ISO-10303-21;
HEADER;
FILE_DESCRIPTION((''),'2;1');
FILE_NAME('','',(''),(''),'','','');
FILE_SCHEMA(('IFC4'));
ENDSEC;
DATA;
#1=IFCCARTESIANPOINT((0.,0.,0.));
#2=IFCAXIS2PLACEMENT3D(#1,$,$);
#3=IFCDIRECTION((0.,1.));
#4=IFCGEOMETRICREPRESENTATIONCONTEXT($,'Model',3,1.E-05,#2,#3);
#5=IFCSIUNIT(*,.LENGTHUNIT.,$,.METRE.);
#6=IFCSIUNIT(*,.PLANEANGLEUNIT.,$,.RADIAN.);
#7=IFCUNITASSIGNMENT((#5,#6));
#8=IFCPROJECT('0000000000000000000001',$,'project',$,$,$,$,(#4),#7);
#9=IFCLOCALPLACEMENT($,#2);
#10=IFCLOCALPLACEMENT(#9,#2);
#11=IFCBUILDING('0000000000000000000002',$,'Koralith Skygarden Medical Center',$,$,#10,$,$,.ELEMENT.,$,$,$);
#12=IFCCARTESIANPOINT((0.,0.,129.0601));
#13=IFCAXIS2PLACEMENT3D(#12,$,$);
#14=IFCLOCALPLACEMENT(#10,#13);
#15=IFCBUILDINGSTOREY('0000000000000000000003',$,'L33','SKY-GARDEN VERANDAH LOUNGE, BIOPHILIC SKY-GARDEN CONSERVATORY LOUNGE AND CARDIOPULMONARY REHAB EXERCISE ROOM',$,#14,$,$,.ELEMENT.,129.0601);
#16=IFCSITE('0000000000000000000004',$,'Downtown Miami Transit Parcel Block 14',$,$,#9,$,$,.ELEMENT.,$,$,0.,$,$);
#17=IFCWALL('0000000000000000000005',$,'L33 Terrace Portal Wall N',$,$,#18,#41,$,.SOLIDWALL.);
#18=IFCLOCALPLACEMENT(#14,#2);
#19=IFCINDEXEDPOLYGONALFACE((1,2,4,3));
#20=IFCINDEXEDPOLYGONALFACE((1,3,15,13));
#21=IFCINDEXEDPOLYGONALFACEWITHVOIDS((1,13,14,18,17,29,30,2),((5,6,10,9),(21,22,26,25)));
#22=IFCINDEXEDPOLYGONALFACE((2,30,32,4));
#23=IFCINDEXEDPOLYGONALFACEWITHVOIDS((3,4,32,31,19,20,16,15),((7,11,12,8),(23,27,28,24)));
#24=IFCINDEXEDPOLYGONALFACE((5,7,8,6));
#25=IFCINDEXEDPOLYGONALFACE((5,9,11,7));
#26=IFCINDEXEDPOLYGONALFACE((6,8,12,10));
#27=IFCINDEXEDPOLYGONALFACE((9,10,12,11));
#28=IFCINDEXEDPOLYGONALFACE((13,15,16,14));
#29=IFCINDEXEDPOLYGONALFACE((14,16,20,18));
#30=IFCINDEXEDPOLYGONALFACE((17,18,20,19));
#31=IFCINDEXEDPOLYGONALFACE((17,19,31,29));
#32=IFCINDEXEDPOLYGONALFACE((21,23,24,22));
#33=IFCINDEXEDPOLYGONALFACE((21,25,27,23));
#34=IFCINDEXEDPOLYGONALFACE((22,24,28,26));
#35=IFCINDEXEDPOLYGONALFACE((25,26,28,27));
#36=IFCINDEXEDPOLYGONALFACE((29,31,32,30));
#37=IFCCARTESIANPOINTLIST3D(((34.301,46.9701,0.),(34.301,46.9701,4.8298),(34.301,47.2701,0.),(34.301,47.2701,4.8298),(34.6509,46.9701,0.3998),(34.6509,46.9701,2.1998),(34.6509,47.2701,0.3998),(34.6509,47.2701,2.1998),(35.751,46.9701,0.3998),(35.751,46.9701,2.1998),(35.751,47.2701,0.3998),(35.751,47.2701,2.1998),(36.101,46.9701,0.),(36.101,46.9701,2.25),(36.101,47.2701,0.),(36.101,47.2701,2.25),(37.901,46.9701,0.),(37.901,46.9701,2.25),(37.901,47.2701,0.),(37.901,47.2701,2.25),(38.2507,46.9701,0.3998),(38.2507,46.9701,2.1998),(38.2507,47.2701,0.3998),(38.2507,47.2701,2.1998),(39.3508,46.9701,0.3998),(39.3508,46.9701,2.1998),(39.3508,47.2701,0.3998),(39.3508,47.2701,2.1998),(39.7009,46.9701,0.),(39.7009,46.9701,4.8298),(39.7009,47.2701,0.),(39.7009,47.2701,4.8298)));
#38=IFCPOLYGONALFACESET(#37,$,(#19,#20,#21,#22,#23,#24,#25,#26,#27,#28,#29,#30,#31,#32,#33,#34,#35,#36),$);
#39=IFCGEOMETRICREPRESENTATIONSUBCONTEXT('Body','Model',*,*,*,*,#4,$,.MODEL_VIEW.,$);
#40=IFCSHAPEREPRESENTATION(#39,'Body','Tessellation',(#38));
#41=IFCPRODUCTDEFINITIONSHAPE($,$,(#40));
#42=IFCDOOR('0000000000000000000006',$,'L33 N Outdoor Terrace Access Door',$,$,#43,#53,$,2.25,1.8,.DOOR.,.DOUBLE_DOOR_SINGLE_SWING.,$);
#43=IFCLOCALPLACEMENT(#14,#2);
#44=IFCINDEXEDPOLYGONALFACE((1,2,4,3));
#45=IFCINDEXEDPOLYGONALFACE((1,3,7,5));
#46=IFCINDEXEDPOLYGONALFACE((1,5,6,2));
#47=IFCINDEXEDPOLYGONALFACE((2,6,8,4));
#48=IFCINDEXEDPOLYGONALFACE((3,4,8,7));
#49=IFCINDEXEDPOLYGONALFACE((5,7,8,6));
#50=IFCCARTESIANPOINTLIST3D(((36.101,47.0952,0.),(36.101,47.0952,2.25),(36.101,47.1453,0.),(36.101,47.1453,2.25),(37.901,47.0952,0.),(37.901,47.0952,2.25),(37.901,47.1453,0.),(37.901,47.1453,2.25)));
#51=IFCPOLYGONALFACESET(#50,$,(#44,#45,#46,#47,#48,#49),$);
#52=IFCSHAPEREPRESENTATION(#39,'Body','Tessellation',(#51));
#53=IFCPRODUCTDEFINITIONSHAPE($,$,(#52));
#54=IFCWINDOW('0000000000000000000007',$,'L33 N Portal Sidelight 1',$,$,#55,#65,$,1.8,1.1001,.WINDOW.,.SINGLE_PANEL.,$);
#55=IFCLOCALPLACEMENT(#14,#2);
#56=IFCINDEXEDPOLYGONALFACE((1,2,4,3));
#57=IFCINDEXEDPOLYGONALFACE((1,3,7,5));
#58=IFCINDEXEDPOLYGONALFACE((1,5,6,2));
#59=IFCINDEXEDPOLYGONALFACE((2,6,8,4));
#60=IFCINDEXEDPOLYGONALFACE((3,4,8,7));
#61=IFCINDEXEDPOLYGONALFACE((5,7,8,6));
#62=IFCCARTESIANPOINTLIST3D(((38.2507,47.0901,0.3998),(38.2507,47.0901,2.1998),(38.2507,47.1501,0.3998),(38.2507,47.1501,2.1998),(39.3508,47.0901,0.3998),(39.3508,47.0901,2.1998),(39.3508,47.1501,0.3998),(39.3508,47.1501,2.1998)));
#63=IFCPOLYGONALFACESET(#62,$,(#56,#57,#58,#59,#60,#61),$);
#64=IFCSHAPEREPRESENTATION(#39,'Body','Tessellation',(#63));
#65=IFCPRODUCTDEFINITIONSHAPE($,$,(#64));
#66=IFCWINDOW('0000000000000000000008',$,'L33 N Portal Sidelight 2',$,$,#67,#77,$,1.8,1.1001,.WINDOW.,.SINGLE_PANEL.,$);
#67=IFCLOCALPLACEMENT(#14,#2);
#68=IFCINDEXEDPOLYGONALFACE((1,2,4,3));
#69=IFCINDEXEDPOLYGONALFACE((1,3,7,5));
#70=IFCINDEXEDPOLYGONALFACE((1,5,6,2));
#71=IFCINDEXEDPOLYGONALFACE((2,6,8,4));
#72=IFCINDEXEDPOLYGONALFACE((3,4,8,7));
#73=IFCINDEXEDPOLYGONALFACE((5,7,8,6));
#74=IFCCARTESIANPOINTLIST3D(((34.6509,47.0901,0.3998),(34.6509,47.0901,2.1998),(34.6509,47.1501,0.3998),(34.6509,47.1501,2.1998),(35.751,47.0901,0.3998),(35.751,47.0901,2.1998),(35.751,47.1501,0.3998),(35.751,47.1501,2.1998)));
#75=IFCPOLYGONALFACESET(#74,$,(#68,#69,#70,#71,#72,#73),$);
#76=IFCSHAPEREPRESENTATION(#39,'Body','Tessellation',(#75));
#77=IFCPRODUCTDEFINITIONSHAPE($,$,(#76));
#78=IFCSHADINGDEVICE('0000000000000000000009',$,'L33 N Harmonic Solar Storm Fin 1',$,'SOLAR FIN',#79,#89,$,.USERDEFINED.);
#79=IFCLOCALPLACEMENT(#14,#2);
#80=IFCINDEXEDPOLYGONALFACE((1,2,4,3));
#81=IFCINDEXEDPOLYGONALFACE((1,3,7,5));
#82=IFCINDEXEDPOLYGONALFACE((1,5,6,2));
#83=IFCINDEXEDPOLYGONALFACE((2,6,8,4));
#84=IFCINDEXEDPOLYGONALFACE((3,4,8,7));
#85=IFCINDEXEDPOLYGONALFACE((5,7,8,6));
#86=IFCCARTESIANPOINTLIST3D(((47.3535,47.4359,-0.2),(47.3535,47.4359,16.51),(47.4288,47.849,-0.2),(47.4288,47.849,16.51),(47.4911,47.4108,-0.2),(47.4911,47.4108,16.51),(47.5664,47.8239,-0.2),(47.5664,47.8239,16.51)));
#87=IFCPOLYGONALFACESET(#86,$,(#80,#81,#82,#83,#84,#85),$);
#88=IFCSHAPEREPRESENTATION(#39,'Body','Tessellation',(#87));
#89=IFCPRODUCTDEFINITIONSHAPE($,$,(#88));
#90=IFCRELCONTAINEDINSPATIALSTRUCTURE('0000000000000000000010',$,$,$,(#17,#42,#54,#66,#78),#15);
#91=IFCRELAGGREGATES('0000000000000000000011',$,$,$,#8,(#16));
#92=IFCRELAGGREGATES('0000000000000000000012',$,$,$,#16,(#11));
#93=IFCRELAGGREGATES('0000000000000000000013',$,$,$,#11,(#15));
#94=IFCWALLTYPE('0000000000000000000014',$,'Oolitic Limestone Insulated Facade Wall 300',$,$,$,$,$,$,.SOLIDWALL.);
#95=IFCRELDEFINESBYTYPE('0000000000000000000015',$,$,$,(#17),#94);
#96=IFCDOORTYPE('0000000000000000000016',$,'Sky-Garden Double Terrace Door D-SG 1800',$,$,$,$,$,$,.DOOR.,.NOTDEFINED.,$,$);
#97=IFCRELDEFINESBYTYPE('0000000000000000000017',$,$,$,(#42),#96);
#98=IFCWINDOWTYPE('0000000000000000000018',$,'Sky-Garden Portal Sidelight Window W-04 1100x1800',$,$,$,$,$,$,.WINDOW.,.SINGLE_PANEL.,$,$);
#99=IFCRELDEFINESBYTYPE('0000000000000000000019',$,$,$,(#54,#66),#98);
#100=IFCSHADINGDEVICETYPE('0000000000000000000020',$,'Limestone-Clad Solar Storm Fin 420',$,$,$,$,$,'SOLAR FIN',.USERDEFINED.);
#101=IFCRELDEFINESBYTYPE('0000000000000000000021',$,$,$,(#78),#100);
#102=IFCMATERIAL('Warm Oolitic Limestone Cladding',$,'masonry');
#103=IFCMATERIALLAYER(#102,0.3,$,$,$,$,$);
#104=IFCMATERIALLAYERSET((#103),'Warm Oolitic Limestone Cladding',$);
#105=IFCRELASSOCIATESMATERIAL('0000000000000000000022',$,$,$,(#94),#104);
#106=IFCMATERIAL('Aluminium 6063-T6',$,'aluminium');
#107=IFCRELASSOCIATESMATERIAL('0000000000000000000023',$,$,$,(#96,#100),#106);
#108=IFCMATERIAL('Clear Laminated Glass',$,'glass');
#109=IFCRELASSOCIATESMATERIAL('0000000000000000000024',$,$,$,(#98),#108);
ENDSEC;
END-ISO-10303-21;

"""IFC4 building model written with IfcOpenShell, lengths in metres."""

from ifc_helpers import new_model, si_unit, direction, frame, frame_2d, origin, origin_2d, place, context, subcontext, project, spatial, rectangle, extrude, material, layer, layer_set, type_object, element, fill, save


model = new_model("IFC4")

# Units and contexts
model_context = context("Model", 3, precision=1e-05, world=origin(), true_north=direction((0.0, 1.0)))
body_context = subcontext(model_context, "Body", "Model", "MODEL_VIEW")
ifc_project = project(units=[si_unit("LENGTHUNIT", "METRE"), si_unit("PLANEANGLEUNIT", "RADIAN")], contexts=[model_context])

# Site, building, storey
site_placement = place(None, origin())
site = spatial("IfcSite", under=ifc_project, at=site_placement, Name="Downtown Miami Transit Parcel Block 14", CompositionType="ELEMENT", RefElevation=0.0)
building_placement = place(site_placement, origin())
building = spatial("IfcBuilding", under=site, at=building_placement, Name="Koralith Skygarden Medical Center", CompositionType="ELEMENT")
storey_placement = place(building_placement, frame((0.0, 0.0, 129.0601)))
storey = spatial("IfcBuildingStorey", under=building, at=storey_placement, Name="L33", Description="SKY-GARDEN VERANDAH LOUNGE, BIOPHILIC SKY-GARDEN CONSERVATORY LOUNGE AND CARDIOPULMONARY REHAB EXERCISE ROOM", CompositionType="ELEMENT", Elevation=129.0601)

# Shared definitions
ifc_material_1 = material(Name="Clear Laminated Glass", Category="glass")
ifc_material_2 = material(Name="Aluminium 6063-T6", Category="aluminium")

# Wall, openings, door, windows
ifc_material_3 = material(Name="Warm Oolitic Limestone Cladding", Category="masonry")
ifc_layer_1 = layer(ifc_material_3, 0.3)
ifc_layer_set_1 = layer_set([ifc_layer_1], Name="Warm Oolitic Limestone Cladding")
wall_type_1 = type_object("IfcWallType", Name="Oolitic Limestone Insulated Facade Wall 300", PredefinedType="SOLIDWALL", material=ifc_layer_set_1)
wall_1_placement = place(storey_placement, frame((39.7009, 47.1201, 0.0), z_axis=(0.0, 0.0, 1.0), x_axis=(-1.0, 0.0, 0.0)))
wall_1 = element("IfcWall", 1, at=wall_1_placement, inside=storey, type_object=wall_type_1, Name="L33 Terrace Portal Wall N", PredefinedType="SOLIDWALL", context=body_context, shape_type="SweptSolid", body=[
    extrude(rectangle(XDim=5.3999, YDim=0.3, at=frame_2d((2.7, 0.0))), origin(), (0.0, 0.0, 1.0), 4.8298),
])
opening_1_placement = place(wall_1_placement, frame((1.8, 0.0, 0.0)))
opening_1 = element("IfcOpeningElement", 2, at=opening_1_placement, cuts=wall_1, PredefinedType="OPENING", context=body_context, shape_type="SweptSolid", body=[
    extrude(rectangle(XDim=1.8, YDim=2.25, at=frame_2d((0.8999, 1.125))), frame((0.0, 0.1599, 0.0), z_axis=(0.0, -1.0, 0.0), x_axis=(1.0, 0.0, 0.0)), (0.0, 0.0, 1.0), 0.3201),
])
opening_2_placement = place(wall_1_placement, frame((0.3501, 0.0, 0.3999)))
opening_2 = element("IfcOpeningElement", 3, at=opening_2_placement, cuts=wall_1, PredefinedType="OPENING", context=body_context, shape_type="SweptSolid", body=[
    extrude(rectangle(XDim=1.1001, YDim=1.8, at=frame_2d((0.55, 0.8999))), frame((0.0, 0.1599, 0.0), z_axis=(0.0, -1.0, 0.0), x_axis=(1.0, 0.0, 0.0)), (0.0, 0.0, 1.0), 0.3201),
])
opening_3_placement = place(wall_1_placement, frame((3.95, 0.0, 0.3999)))
opening_3 = element("IfcOpeningElement", 4, at=opening_3_placement, cuts=wall_1, PredefinedType="OPENING", context=body_context, shape_type="SweptSolid", body=[
    extrude(rectangle(XDim=1.1001, YDim=1.8, at=frame_2d((0.55, 0.8999))), frame((0.0, 0.1599, 0.0), z_axis=(0.0, -1.0, 0.0), x_axis=(1.0, 0.0, 0.0)), (0.0, 0.0, 1.0), 0.3201),
])
door_type_1 = type_object("IfcDoorType", Name="Sky-Garden Double Terrace Door D-SG 1800", OperationType="NOTDEFINED", PredefinedType="DOOR", material=ifc_material_2)
door_1_placement = place(opening_1_placement, origin())
door_1 = element("IfcDoor", 5, at=door_1_placement, inside=storey, type_object=door_type_1, Name="L33 N Outdoor Terrace Access Door", OperationType="DOUBLE_DOOR_SINGLE_SWING", OverallHeight=2.25, OverallWidth=1.8, PredefinedType="DOOR", context=body_context, shape_type="SweptSolid", body=[
    extrude(rectangle(XDim=1.8, YDim=2.25, at=frame_2d((0.8999, 1.125))), frame((0.0, 0.0249, 0.0), z_axis=(0.0, -1.0, 0.0), x_axis=(1.0, 0.0, 0.0)), (0.0, 0.0, 1.0), 0.05),
])
fill(opening_1, door_1)
window_type = type_object("IfcWindowType", Name="Sky-Garden Portal Sidelight Window W-04 1100x1800", PartitioningType="SINGLE_PANEL", PredefinedType="WINDOW", material=ifc_material_1)
window_1_placement = place(opening_2_placement, origin())
window_1 = element("IfcWindow", 6, at=window_1_placement, inside=storey, type_object=window_type, Name="L33 N Portal Sidelight 1", OverallHeight=1.8, OverallWidth=1.1001, PartitioningType="SINGLE_PANEL", PredefinedType="WINDOW", context=body_context, shape_type="SweptSolid", body=[
    extrude(rectangle(XDim=1.1001, YDim=1.8, at=frame_2d((0.55, 0.8999))), frame((0.0, 0.03, 0.0), z_axis=(0.0, -1.0, 0.0), x_axis=(1.0, 0.0, 0.0)), (0.0, 0.0, 1.0), 0.0601),
])
fill(opening_2, window_1)
window_2_placement = place(opening_3_placement, origin())
window_2 = element("IfcWindow", 7, at=window_2_placement, inside=storey, type_object=window_type, Name="L33 N Portal Sidelight 2", OverallHeight=1.8, OverallWidth=1.1001, PartitioningType="SINGLE_PANEL", PredefinedType="WINDOW", context=body_context, shape_type="SweptSolid", body=[
    extrude(rectangle(XDim=1.1001, YDim=1.8, at=frame_2d((0.55, 0.8999))), frame((0.0, 0.03, 0.0), z_axis=(0.0, -1.0, 0.0), x_axis=(1.0, 0.0, 0.0)), (0.0, 0.0, 1.0), 0.0601),
])
fill(opening_3, window_2)

# Shading device
shading_device_type_1 = type_object("IfcShadingDeviceType", Name="Limestone-Clad Solar Storm Fin 420", ElementType="SOLAR FIN", PredefinedType="USERDEFINED", material=ifc_material_2)
shading_device_1_placement = place(storey_placement, frame((47.46, 47.6299, -0.2), z_axis=(0.0, 0.0, 1.0), x_axis=(0.1793, 0.983794, 0.0)))
element("IfcShadingDevice", 8, at=shading_device_1_placement, inside=storey, type_object=shading_device_type_1, Name="L33 N Harmonic Solar Storm Fin 1", ObjectType="SOLAR FIN", PredefinedType="USERDEFINED", context=body_context, shape_type="SweptSolid", body=[
    extrude(rectangle(XDim=0.4199, YDim=0.1399, at=origin_2d()), origin(), (0.0, 0.0, 1.0), 16.71),
])

save(model, "model.ifc")
